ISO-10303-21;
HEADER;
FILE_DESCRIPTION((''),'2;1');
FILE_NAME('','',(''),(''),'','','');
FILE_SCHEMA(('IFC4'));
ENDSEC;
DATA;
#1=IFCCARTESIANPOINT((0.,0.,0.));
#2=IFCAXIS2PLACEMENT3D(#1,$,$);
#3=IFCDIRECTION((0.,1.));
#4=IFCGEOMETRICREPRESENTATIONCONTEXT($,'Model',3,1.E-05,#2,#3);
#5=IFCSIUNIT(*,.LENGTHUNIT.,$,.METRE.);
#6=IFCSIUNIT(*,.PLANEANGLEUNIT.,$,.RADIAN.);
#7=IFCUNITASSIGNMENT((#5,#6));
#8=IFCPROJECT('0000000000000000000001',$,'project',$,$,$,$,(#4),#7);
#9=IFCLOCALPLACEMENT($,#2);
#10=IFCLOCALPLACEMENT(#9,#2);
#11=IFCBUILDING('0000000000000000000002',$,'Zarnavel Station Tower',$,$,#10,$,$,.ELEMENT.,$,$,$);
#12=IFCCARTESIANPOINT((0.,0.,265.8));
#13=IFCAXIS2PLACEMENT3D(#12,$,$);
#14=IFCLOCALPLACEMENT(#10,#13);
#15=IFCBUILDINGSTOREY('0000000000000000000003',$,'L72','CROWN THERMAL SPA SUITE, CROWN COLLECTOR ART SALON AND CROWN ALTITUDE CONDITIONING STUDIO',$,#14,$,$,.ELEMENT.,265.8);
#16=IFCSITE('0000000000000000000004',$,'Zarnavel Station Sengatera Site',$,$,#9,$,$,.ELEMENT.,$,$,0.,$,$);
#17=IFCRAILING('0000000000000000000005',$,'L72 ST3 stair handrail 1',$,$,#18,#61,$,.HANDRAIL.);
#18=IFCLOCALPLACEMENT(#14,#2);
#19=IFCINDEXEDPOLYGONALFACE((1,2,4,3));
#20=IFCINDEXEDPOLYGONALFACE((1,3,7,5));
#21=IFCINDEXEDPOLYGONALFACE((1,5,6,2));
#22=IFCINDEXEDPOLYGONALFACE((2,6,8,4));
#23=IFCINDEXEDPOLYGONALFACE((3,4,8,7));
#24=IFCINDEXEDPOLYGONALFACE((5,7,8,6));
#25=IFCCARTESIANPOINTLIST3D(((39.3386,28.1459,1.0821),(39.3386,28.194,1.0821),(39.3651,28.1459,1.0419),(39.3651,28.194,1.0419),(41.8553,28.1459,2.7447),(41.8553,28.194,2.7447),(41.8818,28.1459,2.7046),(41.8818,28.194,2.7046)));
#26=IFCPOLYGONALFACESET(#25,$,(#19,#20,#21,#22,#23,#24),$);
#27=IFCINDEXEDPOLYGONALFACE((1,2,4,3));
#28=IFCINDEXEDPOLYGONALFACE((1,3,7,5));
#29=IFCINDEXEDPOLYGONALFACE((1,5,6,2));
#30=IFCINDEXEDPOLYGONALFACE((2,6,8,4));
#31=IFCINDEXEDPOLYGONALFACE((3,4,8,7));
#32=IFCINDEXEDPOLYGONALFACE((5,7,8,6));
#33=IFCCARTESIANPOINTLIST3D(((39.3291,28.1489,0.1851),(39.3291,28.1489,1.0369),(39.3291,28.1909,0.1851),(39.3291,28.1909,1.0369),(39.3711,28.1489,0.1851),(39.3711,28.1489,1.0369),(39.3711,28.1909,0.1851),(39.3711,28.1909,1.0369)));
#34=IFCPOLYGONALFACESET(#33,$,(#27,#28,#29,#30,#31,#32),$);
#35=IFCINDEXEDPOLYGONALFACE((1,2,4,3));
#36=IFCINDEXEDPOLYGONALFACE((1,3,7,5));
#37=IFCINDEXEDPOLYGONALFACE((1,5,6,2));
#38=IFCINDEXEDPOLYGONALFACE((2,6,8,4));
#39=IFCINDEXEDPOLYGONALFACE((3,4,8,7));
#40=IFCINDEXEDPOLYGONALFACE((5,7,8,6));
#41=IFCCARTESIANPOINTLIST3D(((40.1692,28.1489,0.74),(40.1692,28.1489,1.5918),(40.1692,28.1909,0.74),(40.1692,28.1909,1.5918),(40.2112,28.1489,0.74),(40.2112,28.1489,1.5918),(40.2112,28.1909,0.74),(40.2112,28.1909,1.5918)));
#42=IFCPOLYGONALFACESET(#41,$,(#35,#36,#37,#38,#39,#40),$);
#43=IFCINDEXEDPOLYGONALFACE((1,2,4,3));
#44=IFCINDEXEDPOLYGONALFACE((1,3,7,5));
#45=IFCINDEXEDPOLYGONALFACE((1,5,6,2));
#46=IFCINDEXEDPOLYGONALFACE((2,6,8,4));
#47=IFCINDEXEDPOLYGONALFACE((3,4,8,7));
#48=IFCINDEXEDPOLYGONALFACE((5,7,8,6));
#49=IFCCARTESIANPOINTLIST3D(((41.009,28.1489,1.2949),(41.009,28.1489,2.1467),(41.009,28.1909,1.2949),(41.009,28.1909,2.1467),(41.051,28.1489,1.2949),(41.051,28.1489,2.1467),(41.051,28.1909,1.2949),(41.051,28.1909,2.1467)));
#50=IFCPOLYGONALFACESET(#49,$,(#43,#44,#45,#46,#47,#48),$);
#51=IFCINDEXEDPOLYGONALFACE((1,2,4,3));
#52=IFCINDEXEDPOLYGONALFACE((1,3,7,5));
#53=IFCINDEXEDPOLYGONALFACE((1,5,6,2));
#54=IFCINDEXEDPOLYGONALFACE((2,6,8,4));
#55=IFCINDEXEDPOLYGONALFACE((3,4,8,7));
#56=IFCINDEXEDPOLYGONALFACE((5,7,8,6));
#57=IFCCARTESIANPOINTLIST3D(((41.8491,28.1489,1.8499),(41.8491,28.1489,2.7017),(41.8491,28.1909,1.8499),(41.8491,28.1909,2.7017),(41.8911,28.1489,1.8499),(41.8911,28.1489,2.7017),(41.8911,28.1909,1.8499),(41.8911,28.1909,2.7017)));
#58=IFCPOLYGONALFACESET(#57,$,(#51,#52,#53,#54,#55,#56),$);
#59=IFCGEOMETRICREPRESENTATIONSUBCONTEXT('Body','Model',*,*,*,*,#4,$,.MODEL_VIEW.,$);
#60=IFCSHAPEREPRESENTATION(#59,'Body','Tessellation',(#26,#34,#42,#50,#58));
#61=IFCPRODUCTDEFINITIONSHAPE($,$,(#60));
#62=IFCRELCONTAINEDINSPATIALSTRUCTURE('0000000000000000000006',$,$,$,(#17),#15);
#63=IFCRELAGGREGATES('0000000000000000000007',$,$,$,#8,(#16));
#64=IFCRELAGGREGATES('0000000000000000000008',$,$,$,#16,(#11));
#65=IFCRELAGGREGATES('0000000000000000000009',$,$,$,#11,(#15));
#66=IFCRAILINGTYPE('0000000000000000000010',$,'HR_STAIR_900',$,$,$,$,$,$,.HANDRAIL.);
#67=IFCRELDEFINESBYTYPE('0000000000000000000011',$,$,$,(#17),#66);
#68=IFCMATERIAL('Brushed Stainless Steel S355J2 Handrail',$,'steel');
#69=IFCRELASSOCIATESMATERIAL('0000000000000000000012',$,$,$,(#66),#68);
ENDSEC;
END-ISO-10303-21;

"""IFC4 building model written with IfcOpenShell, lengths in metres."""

from ifc_helpers import new_model, si_unit, direction, frame, origin, origin_2d, place, context, subcontext, project, spatial, rectangle, extrude, material, type_object, element, save


model = new_model("IFC4")

# Units and contexts
model_context = context("Model", 3, precision=1e-05, world=origin(), true_north=direction((0.0, 1.0)))
body_context = subcontext(model_context, "Body", "Model", "MODEL_VIEW")
ifc_project = project(units=[si_unit("LENGTHUNIT", "METRE"), si_unit("PLANEANGLEUNIT", "RADIAN")], contexts=[model_context])

# Site, building, storey
site_placement = place(None, origin())
site = spatial("IfcSite", under=ifc_project, at=site_placement, Name="Zarnavel Station Sengatera Site", CompositionType="ELEMENT", RefElevation=0.0)
building_placement = place(site_placement, origin())
building = spatial("IfcBuilding", under=site, at=building_placement, Name="Zarnavel Station Tower", CompositionType="ELEMENT")
storey_placement = place(building_placement, frame((0.0, 0.0, 265.8)))
storey = spatial("IfcBuildingStorey", under=building, at=storey_placement, Name="L72", Description="CROWN THERMAL SPA SUITE, CROWN COLLECTOR ART SALON AND CROWN ALTITUDE CONDITIONING STUDIO", CompositionType="ELEMENT", Elevation=265.8)

# Railing
ifc_material_1 = material(Name="Brushed Stainless Steel S355J2 Handrail", Category="steel")
railing_type_1 = type_object("IfcRailingType", Name="HR_STAIR_900", PredefinedType="HANDRAIL", material=ifc_material_1)
railing_1_placement = place(storey_placement, frame((39.3501, 28.1699, 0.1851)))
element("IfcRailing", 1, at=railing_1_placement, inside=storey, type_object=railing_type_1, Name="L72 ST3 stair handrail 1", PredefinedType="HANDRAIL", context=body_context, shape_type="SweptSolid", body=[
    extrude(rectangle(XDim=0.0481, YDim=0.0481, at=origin_2d()), frame((0.0017, 0.0, 0.877), z_axis=(0.834369, 0.0, 0.551207), x_axis=(0.0, 1.0, 0.0)), (0.0, 0.0, 1.0), 3.0164),
    extrude(rectangle(XDim=0.042, YDim=0.042, at=origin_2d()), origin(), (0.0, 0.0, 1.0), 0.8518),
    extrude(rectangle(XDim=0.042, YDim=0.042, at=origin_2d()), frame((0.8401, 0.0, 0.5549)), (0.0, 0.0, 1.0), 0.8518),
    extrude(rectangle(XDim=0.042, YDim=0.042, at=origin_2d()), frame((1.6799, 0.0, 1.1099)), (0.0, 0.0, 1.0), 0.8518),
    extrude(rectangle(XDim=0.042, YDim=0.042, at=origin_2d()), frame((2.52, 0.0, 1.6648)), (0.0, 0.0, 1.0), 0.8518),
])

save(model, "model.ifc")
